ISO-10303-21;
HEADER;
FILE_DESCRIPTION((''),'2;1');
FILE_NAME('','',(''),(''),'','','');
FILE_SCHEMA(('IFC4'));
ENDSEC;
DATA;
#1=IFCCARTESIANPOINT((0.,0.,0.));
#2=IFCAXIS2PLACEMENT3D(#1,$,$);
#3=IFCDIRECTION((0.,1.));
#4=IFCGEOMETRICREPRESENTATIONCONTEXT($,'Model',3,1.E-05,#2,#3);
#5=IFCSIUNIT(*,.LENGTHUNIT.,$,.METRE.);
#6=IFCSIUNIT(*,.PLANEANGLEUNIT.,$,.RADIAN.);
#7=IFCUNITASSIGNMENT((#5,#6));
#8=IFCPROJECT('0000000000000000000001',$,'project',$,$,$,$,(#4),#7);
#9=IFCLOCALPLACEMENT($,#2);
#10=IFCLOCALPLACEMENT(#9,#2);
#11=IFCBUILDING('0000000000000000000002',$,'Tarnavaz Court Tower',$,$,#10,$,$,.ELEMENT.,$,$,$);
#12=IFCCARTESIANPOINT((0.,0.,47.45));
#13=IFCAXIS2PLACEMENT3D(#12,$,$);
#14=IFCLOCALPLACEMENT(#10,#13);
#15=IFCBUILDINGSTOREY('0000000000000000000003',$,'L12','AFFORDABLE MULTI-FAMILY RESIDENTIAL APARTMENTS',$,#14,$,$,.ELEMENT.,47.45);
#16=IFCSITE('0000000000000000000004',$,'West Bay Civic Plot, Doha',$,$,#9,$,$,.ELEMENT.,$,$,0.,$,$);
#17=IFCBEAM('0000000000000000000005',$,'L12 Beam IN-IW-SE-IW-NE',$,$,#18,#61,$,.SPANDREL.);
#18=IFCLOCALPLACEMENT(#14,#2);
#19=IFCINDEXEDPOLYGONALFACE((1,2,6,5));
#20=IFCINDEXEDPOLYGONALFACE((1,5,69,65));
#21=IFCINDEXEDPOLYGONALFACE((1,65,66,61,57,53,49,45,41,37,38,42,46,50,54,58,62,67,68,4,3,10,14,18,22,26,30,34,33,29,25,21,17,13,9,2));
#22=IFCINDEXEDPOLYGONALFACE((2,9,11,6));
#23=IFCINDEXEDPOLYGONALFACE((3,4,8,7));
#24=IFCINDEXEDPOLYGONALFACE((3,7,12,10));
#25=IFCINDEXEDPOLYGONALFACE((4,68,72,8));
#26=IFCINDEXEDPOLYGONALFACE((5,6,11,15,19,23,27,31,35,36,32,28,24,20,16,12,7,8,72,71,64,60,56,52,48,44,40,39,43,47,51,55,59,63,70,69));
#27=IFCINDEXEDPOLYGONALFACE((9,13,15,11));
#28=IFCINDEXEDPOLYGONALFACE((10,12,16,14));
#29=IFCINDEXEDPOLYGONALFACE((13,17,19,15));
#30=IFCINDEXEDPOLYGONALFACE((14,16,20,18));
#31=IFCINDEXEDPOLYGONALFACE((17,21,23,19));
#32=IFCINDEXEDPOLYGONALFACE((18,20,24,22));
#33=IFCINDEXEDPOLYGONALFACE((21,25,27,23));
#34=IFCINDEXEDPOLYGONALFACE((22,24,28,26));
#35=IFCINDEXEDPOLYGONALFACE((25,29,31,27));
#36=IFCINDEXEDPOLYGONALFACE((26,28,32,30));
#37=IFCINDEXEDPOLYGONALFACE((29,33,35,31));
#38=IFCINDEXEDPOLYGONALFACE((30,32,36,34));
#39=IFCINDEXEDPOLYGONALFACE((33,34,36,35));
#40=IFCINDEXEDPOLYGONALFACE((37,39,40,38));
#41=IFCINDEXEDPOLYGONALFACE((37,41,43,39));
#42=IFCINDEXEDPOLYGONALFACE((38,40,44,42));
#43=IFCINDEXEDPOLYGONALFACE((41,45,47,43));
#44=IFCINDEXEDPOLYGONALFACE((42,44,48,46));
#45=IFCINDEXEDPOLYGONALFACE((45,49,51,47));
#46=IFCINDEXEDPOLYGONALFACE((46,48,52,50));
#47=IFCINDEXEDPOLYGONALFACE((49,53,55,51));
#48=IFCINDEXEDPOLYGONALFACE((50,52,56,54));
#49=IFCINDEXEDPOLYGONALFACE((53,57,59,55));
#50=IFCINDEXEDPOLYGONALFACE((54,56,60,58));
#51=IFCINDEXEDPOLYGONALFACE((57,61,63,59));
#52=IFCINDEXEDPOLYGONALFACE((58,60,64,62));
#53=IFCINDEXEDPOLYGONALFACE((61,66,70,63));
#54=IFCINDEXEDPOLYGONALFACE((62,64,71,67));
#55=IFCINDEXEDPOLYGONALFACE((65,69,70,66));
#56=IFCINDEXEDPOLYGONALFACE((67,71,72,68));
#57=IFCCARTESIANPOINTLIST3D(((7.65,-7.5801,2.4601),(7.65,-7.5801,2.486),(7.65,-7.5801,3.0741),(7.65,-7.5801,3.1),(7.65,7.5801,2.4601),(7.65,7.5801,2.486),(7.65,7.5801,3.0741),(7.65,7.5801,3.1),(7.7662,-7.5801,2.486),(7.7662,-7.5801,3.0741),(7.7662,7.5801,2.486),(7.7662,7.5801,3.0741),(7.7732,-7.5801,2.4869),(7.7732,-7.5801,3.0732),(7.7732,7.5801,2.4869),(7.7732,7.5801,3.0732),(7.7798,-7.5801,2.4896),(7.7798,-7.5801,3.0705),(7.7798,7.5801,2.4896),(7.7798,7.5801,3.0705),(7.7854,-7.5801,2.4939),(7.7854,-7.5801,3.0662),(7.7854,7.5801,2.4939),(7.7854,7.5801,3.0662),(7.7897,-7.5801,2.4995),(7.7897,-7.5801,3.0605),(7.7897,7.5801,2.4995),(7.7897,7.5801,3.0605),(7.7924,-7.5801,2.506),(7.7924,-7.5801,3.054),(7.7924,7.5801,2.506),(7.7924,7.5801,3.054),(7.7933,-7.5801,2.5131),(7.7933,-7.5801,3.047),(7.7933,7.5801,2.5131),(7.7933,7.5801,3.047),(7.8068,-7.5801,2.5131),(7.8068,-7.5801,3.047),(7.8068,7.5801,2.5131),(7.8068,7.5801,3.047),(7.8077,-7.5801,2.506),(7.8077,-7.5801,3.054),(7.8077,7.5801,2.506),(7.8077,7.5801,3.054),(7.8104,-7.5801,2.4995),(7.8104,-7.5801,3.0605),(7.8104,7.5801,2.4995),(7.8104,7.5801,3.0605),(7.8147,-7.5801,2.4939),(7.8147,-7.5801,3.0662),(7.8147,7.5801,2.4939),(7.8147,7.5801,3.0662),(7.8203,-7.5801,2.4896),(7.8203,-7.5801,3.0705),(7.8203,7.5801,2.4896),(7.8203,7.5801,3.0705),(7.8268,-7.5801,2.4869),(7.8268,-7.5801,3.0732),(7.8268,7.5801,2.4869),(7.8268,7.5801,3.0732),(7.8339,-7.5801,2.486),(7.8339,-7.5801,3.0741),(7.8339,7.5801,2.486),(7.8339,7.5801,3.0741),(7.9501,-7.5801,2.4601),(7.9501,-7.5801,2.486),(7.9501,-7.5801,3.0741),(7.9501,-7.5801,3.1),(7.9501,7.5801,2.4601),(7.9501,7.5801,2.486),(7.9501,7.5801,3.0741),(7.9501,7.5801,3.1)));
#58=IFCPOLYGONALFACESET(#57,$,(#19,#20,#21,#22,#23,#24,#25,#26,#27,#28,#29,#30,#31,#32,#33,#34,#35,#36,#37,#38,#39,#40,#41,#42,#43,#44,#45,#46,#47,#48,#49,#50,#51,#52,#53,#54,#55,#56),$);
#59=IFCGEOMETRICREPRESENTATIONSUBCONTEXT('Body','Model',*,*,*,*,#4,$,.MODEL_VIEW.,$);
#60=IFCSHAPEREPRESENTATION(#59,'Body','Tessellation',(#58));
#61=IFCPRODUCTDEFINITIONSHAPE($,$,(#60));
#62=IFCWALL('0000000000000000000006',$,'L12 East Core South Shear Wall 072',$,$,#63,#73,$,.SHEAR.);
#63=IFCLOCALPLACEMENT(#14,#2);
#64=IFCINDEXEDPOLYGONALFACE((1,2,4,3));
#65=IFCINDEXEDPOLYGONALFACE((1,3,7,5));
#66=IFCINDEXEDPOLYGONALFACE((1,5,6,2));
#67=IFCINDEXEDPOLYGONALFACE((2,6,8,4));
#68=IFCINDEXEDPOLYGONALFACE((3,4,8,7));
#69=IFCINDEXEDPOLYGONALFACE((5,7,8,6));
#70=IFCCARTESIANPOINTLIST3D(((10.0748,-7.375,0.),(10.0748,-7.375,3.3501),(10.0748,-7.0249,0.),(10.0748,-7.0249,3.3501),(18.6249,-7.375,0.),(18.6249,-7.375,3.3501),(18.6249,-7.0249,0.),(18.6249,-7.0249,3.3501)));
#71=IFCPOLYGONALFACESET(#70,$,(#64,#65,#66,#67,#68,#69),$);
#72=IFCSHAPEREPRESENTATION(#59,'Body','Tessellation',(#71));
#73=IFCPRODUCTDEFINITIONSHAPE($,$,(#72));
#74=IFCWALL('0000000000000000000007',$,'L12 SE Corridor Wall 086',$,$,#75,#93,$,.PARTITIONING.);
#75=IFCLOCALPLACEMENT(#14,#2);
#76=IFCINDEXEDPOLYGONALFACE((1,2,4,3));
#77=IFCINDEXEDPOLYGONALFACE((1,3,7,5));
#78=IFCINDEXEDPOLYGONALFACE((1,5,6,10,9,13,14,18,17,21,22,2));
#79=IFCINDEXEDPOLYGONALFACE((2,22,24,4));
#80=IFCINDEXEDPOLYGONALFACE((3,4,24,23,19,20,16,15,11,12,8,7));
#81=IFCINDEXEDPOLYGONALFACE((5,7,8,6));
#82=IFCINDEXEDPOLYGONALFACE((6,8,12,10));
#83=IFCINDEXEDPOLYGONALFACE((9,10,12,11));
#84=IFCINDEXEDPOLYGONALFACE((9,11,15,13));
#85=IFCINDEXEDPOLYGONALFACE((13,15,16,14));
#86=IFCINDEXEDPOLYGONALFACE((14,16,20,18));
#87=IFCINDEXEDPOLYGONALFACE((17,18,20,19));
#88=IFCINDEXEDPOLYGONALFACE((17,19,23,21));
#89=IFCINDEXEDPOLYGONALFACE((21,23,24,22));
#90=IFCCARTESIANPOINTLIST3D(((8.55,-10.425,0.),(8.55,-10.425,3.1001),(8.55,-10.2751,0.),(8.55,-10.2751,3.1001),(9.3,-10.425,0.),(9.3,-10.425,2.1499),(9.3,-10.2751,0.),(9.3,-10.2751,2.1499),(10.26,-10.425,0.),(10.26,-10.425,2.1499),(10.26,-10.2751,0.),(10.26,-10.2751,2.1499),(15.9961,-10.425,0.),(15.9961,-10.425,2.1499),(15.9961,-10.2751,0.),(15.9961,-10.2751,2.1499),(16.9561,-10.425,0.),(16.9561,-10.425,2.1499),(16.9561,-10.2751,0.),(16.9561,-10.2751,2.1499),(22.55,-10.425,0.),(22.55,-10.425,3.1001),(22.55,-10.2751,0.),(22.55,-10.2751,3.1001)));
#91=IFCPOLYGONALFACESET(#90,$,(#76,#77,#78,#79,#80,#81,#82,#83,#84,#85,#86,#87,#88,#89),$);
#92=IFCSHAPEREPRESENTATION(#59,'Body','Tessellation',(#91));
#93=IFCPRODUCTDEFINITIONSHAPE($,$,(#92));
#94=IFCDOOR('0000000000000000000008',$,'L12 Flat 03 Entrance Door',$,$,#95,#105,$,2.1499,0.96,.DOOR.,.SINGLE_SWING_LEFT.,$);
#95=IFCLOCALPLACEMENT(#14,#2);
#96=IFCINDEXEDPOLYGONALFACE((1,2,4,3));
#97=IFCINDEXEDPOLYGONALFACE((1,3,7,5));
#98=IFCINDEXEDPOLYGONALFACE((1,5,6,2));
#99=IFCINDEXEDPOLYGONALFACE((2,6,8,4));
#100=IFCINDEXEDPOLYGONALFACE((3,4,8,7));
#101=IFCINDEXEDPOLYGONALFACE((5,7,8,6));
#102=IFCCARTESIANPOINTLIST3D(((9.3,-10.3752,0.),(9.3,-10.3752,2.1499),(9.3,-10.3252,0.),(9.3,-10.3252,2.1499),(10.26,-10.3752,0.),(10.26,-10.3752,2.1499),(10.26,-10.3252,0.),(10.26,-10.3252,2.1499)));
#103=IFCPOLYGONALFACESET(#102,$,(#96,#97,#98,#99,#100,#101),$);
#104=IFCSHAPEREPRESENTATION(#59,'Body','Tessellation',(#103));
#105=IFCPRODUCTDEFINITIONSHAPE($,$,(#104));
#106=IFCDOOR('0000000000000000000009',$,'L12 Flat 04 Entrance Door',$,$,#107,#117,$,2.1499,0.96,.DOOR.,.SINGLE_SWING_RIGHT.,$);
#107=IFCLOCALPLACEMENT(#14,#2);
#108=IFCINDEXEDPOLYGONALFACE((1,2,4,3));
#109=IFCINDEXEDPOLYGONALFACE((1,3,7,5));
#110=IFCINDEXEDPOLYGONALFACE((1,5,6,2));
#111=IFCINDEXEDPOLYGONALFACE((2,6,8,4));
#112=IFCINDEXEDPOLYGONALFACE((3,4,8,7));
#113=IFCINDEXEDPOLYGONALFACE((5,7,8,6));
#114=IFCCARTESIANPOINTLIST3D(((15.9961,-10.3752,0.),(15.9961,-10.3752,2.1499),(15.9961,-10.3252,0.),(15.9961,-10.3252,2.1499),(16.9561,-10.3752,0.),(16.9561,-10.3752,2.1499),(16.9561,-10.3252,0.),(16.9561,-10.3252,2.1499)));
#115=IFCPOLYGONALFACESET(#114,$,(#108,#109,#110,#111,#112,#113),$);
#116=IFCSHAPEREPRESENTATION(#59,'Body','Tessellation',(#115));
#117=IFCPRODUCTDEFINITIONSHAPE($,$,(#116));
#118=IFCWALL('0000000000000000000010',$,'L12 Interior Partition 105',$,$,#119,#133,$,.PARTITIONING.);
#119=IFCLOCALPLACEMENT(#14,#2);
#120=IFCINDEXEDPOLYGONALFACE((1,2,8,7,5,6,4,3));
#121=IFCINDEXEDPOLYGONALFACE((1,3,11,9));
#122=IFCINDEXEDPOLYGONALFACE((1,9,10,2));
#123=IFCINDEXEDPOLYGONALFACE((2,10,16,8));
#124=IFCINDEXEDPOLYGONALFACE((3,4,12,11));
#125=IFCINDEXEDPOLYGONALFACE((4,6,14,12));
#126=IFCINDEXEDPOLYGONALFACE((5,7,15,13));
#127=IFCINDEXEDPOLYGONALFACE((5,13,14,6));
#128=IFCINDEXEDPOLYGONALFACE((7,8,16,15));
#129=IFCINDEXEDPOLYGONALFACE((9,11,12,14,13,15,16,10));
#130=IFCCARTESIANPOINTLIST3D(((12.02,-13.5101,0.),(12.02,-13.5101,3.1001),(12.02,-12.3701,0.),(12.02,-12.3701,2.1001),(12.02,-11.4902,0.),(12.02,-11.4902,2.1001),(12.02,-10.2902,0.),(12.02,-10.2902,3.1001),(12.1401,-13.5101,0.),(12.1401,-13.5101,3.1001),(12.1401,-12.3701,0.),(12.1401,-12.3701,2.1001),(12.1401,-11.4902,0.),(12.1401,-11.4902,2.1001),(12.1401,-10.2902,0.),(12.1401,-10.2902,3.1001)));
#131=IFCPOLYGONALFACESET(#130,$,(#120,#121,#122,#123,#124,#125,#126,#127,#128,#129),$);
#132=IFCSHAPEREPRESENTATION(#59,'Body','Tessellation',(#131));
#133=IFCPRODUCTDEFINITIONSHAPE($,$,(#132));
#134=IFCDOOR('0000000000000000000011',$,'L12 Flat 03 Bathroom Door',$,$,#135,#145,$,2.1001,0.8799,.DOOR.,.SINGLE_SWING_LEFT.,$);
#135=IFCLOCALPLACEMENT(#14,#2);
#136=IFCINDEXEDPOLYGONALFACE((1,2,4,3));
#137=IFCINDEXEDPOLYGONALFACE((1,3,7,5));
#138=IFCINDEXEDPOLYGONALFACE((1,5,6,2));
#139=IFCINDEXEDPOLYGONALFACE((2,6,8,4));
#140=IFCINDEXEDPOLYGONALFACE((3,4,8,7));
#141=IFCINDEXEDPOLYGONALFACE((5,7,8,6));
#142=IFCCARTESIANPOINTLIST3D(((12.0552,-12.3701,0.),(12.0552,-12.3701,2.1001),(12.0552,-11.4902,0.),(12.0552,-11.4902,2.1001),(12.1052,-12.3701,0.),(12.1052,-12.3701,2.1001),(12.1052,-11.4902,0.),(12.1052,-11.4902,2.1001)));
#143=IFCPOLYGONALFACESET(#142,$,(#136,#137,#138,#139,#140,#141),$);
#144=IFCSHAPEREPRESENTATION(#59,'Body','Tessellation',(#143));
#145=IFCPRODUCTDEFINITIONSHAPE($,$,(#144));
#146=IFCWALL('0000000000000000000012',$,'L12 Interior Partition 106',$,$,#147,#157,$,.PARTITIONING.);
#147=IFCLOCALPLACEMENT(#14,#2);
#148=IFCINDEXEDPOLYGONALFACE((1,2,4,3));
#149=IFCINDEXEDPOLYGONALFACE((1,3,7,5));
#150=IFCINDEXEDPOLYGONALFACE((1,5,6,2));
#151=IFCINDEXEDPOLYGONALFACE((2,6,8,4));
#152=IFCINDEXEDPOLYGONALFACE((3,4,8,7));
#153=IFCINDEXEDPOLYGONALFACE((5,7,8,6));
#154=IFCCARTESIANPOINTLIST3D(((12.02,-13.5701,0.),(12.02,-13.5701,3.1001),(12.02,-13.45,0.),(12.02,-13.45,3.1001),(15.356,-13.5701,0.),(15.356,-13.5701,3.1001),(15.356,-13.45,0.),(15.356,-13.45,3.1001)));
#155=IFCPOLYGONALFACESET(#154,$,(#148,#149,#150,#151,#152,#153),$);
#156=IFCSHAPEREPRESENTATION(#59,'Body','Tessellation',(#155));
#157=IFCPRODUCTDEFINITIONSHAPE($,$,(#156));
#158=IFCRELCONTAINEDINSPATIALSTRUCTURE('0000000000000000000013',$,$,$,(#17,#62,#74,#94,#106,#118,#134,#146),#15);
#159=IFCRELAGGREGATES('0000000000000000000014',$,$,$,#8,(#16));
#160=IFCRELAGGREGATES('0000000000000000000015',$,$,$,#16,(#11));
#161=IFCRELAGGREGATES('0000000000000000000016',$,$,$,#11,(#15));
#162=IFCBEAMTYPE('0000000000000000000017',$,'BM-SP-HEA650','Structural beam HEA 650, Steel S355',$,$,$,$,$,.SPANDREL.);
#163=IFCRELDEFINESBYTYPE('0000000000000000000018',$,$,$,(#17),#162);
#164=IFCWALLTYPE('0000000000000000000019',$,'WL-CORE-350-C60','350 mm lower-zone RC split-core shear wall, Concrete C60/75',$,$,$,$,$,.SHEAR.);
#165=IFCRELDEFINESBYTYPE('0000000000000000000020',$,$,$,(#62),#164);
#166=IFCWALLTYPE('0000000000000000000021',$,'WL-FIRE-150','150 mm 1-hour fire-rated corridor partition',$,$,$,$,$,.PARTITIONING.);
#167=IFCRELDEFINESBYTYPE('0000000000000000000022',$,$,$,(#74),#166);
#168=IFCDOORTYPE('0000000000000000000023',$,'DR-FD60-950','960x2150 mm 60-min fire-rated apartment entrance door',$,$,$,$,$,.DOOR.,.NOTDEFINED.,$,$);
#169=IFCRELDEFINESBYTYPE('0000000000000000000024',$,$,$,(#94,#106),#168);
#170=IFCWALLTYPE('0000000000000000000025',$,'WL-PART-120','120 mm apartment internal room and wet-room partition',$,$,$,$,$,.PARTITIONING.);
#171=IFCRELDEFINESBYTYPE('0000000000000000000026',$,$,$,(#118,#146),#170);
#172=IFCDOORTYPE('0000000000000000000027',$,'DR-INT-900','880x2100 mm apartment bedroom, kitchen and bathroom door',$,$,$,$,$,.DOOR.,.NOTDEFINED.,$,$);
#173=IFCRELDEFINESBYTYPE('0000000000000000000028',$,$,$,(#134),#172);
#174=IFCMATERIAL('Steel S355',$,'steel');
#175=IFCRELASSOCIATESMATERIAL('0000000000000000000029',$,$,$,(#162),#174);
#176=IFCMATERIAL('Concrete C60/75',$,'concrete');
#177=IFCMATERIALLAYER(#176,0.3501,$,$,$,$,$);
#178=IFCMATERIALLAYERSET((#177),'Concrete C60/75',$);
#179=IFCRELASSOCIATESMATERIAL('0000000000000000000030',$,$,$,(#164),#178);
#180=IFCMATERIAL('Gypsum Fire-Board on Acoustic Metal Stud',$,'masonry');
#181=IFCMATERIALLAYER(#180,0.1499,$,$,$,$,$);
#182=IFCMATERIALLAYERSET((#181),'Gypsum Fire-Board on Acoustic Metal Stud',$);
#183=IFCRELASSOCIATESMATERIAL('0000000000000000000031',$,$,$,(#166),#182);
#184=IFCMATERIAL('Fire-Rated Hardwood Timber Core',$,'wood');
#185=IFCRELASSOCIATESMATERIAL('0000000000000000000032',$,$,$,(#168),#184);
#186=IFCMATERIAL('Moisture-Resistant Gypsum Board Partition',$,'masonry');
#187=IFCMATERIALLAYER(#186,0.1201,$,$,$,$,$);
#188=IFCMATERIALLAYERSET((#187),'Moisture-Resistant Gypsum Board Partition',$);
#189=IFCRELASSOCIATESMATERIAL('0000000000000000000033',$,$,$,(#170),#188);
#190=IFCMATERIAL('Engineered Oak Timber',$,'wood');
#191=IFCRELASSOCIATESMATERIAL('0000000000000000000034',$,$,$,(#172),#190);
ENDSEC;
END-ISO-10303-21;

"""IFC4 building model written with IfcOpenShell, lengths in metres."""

from ifc_helpers import new_model, si_unit, direction, frame, frame_2d, origin, origin_2d, place, context, subcontext, project, spatial, rectangle, i_section, extrude, material, layer, layer_set, material_profile, profile_set, type_object, element, fill, save


model = new_model("IFC4")

# Units and contexts
model_context = context("Model", 3, precision=1e-05, world=origin(), true_north=direction((0.0, 1.0)))
body_context = subcontext(model_context, "Body", "Model", "MODEL_VIEW")
ifc_project = project(units=[si_unit("LENGTHUNIT", "METRE"), si_unit("PLANEANGLEUNIT", "RADIAN")], contexts=[model_context])

# Site, building, storey
site_placement = place(None, origin())
site = spatial("IfcSite", under=ifc_project, at=site_placement, Name="West Bay Civic Plot, Doha", CompositionType="ELEMENT", RefElevation=0.0)
building_placement = place(site_placement, origin())
building = spatial("IfcBuilding", under=site, at=building_placement, Name="Tarnavaz Court Tower", CompositionType="ELEMENT")
storey_placement = place(building_placement, frame((0.0, 0.0, 47.45)))
storey = spatial("IfcBuildingStorey", under=building, at=storey_placement, Name="L12", Description="AFFORDABLE MULTI-FAMILY RESIDENTIAL APARTMENTS", CompositionType="ELEMENT", Elevation=47.45)

# Shared definitions
ifc_material_1 = material(Name="Concrete C60/75", Category="concrete")

# Beam
ifc_material_2 = material(Name="Steel S355", Category="steel")
ifc_material_profile_1 = material_profile(ifc_material_2, i_section(OverallWidth=0.3, OverallDepth=0.6399, WebThickness=0.0134, FlangeThickness=0.0259, FilletRadius=0.0271, at=origin_2d()), Name="HEA 650")
ifc_profile_set_1 = profile_set([ifc_material_profile_1], Name="Steel S355")
beam_type_1 = type_object("IfcBeamType", Name="BM-SP-HEA650", Description="Structural beam HEA 650, Steel S355", PredefinedType="SPANDREL", material=ifc_profile_set_1)
beam_1_placement = place(storey_placement, frame((7.8, -7.5801, 2.78), z_axis=(0.0, 1.0, 0.0), x_axis=(-1.0, 0.0, 0.0)))
element("IfcBeam", 1, at=beam_1_placement, inside=storey, type_object=beam_type_1, Name="L12 Beam IN-IW-SE-IW-NE", PredefinedType="SPANDREL", context=body_context, shape_type="SweptSolid", body=[
    extrude(i_section(OverallWidth=0.3, OverallDepth=0.6399, WebThickness=0.0134, FlangeThickness=0.0259, FilletRadius=0.0271, at=origin_2d()), origin(), (0.0, 0.0, 1.0), 15.1602),
])

# Wall
ifc_layer_1 = layer(ifc_material_1, 0.3501)
ifc_layer_set_1 = layer_set([ifc_layer_1], Name="Concrete C60/75")
wall_type_1 = type_object("IfcWallType", Name="WL-CORE-350-C60", Description="350 mm lower-zone RC split-core shear wall, Concrete C60/75", PredefinedType="SHEAR", material=ifc_layer_set_1)
wall_1_placement = place(storey_placement, frame((10.075, -7.2, 0.0), z_axis=(0.0, 0.0, 1.0), x_axis=(1.0, 0.0, 0.0)))
element("IfcWall", 2, at=wall_1_placement, inside=storey, type_object=wall_type_1, Name="L12 East Core South Shear Wall 072", PredefinedType="SHEAR", context=body_context, shape_type="SweptSolid", body=[
    extrude(rectangle(XDim=8.55, YDim=0.3501, at=frame_2d((4.2749, 0.0))), origin(), (0.0, 0.0, 1.0), 3.3501),
])

# Wall, openings, doors
ifc_material_3 = material(Name="Gypsum Fire-Board on Acoustic Metal Stud", Category="masonry")
ifc_layer_2 = layer(ifc_material_3, 0.1499)
ifc_layer_set_2 = layer_set([ifc_layer_2], Name="Gypsum Fire-Board on Acoustic Metal Stud")
wall_type_2 = type_object("IfcWallType", Name="WL-FIRE-150", Description="150 mm 1-hour fire-rated corridor partition", PredefinedType="PARTITIONING", material=ifc_layer_set_2)
wall_2_placement = place(storey_placement, frame((8.55, -10.3501, 0.0), z_axis=(0.0, 0.0, 1.0), x_axis=(1.0, 0.0, 0.0)))
wall_2 = element("IfcWall", 3, at=wall_2_placement, inside=storey, type_object=wall_type_2, Name="L12 SE Corridor Wall 086", PredefinedType="PARTITIONING", context=body_context, shape_type="SweptSolid", body=[
    extrude(rectangle(XDim=14.0, YDim=0.1499, at=frame_2d((7.0, 0.0))), origin(), (0.0, 0.0, 1.0), 3.1001),
])
opening_1_placement = place(wall_2_placement, frame((0.75, 0.0, 0.0)))
opening_1 = element("IfcOpeningElement", 4, at=opening_1_placement, cuts=wall_2, PredefinedType="OPENING", context=body_context, shape_type="SweptSolid", body=[
    extrude(rectangle(XDim=0.96, YDim=2.1499, at=frame_2d((0.48, 1.075))), frame((0.0, 0.085, 0.0), z_axis=(0.0, -1.0, 0.0), x_axis=(1.0, 0.0, 0.0)), (0.0, 0.0, 1.0), 0.1699),
])
opening_2_placement = place(wall_2_placement, frame((7.446, 0.0, 0.0)))
opening_2 = element("IfcOpeningElement", 5, at=opening_2_placement, cuts=wall_2, PredefinedType="OPENING", context=body_context, shape_type="SweptSolid", body=[
    extrude(rectangle(XDim=0.96, YDim=2.1499, at=frame_2d((0.48, 1.075))), frame((0.0, 0.085, 0.0), z_axis=(0.0, -1.0, 0.0), x_axis=(1.0, 0.0, 0.0)), (0.0, 0.0, 1.0), 0.1699),
])
ifc_material_4 = material(Name="Fire-Rated Hardwood Timber Core", Category="wood")
door_type_1 = type_object("IfcDoorType", Name="DR-FD60-950", Description="960x2150 mm 60-min fire-rated apartment entrance door", OperationType="NOTDEFINED", PredefinedType="DOOR", material=ifc_material_4)
door_1_placement = place(opening_1_placement, origin())
door_1 = element("IfcDoor", 6, at=door_1_placement, inside=storey, type_object=door_type_1, Name="L12 Flat 03 Entrance Door", OperationType="SINGLE_SWING_LEFT", OverallHeight=2.1499, OverallWidth=0.96, PredefinedType="DOOR", context=body_context, shape_type="SweptSolid", body=[
    extrude(rectangle(XDim=0.96, YDim=2.1499, at=frame_2d((0.48, 1.075))), frame((0.0, 0.0249, 0.0), z_axis=(0.0, -1.0, 0.0), x_axis=(1.0, 0.0, 0.0)), (0.0, 0.0, 1.0), 0.05),
])
fill(opening_1, door_1)
door_2_placement = place(opening_2_placement, origin())
door_2 = element("IfcDoor", 7, at=door_2_placement, inside=storey, type_object=door_type_1, Name="L12 Flat 04 Entrance Door", OperationType="SINGLE_SWING_RIGHT", OverallHeight=2.1499, OverallWidth=0.96, PredefinedType="DOOR", context=body_context, shape_type="SweptSolid", body=[
    extrude(rectangle(XDim=0.96, YDim=2.1499, at=frame_2d((0.48, 1.075))), frame((0.0, 0.0249, 0.0), z_axis=(0.0, -1.0, 0.0), x_axis=(1.0, 0.0, 0.0)), (0.0, 0.0, 1.0), 0.05),
])
fill(opening_2, door_2)

# Wall, opening, door
ifc_material_5 = material(Name="Moisture-Resistant Gypsum Board Partition", Category="masonry")
ifc_layer_3 = layer(ifc_material_5, 0.1201)
ifc_layer_set_3 = layer_set([ifc_layer_3], Name="Moisture-Resistant Gypsum Board Partition")
wall_type_3 = type_object("IfcWallType", Name="WL-PART-120", Description="120 mm apartment internal room and wet-room partition", PredefinedType="PARTITIONING", material=ifc_layer_set_3)
wall_3_placement = place(storey_placement, frame((12.0801, -13.51, 0.0), z_axis=(0.0, 0.0, 1.0), x_axis=(0.0, 1.0, 0.0)))
wall_3 = element("IfcWall", 8, at=wall_3_placement, inside=storey, type_object=wall_type_3, Name="L12 Interior Partition 105", PredefinedType="PARTITIONING", context=body_context, shape_type="SweptSolid", body=[
    extrude(rectangle(XDim=3.22, YDim=0.1201, at=frame_2d((1.6099, 0.0))), origin(), (0.0, 0.0, 1.0), 3.1001),
])
opening_3_placement = place(wall_3_placement, frame((1.1399, 0.0, 0.0)))
opening_3 = element("IfcOpeningElement", 9, at=opening_3_placement, cuts=wall_3, PredefinedType="OPENING", context=body_context, shape_type="SweptSolid", body=[
    extrude(rectangle(XDim=0.8799, YDim=2.1001, at=frame_2d((0.4399, 1.05))), frame((0.0, 0.0701, 0.0), z_axis=(0.0, -1.0, 0.0), x_axis=(1.0, 0.0, 0.0)), (0.0, 0.0, 1.0), 0.1401),
])
ifc_material_6 = material(Name="Engineered Oak Timber", Category="wood")
door_type_2 = type_object("IfcDoorType", Name="DR-INT-900", Description="880x2100 mm apartment bedroom, kitchen and bathroom door", OperationType="NOTDEFINED", PredefinedType="DOOR", material=ifc_material_6)
door_3_placement = place(opening_3_placement, origin())
door_3 = element("IfcDoor", 10, at=door_3_placement, inside=storey, type_object=door_type_2, Name="L12 Flat 03 Bathroom Door", OperationType="SINGLE_SWING_LEFT", OverallHeight=2.1001, OverallWidth=0.8799, PredefinedType="DOOR", context=body_context, shape_type="SweptSolid", body=[
    extrude(rectangle(XDim=0.8799, YDim=2.1001, at=frame_2d((0.4399, 1.05))), frame((0.0, 0.0249, 0.0), z_axis=(0.0, -1.0, 0.0), x_axis=(1.0, 0.0, 0.0)), (0.0, 0.0, 1.0), 0.05),
])
fill(opening_3, door_3)

# Wall
wall_4_placement = place(storey_placement, frame((12.02, -13.51, 0.0), z_axis=(0.0, 0.0, 1.0), x_axis=(1.0, 0.0, 0.0)))
element("IfcWall", 11, at=wall_4_placement, inside=storey, type_object=wall_type_3, Name="L12 Interior Partition 106", PredefinedType="PARTITIONING", context=body_context, shape_type="SweptSolid", body=[
    extrude(rectangle(XDim=3.3359, YDim=0.1201, at=frame_2d((1.668, 0.0))), origin(), (0.0, 0.0, 1.0), 3.1001),
])

save(model, "model.ifc")
